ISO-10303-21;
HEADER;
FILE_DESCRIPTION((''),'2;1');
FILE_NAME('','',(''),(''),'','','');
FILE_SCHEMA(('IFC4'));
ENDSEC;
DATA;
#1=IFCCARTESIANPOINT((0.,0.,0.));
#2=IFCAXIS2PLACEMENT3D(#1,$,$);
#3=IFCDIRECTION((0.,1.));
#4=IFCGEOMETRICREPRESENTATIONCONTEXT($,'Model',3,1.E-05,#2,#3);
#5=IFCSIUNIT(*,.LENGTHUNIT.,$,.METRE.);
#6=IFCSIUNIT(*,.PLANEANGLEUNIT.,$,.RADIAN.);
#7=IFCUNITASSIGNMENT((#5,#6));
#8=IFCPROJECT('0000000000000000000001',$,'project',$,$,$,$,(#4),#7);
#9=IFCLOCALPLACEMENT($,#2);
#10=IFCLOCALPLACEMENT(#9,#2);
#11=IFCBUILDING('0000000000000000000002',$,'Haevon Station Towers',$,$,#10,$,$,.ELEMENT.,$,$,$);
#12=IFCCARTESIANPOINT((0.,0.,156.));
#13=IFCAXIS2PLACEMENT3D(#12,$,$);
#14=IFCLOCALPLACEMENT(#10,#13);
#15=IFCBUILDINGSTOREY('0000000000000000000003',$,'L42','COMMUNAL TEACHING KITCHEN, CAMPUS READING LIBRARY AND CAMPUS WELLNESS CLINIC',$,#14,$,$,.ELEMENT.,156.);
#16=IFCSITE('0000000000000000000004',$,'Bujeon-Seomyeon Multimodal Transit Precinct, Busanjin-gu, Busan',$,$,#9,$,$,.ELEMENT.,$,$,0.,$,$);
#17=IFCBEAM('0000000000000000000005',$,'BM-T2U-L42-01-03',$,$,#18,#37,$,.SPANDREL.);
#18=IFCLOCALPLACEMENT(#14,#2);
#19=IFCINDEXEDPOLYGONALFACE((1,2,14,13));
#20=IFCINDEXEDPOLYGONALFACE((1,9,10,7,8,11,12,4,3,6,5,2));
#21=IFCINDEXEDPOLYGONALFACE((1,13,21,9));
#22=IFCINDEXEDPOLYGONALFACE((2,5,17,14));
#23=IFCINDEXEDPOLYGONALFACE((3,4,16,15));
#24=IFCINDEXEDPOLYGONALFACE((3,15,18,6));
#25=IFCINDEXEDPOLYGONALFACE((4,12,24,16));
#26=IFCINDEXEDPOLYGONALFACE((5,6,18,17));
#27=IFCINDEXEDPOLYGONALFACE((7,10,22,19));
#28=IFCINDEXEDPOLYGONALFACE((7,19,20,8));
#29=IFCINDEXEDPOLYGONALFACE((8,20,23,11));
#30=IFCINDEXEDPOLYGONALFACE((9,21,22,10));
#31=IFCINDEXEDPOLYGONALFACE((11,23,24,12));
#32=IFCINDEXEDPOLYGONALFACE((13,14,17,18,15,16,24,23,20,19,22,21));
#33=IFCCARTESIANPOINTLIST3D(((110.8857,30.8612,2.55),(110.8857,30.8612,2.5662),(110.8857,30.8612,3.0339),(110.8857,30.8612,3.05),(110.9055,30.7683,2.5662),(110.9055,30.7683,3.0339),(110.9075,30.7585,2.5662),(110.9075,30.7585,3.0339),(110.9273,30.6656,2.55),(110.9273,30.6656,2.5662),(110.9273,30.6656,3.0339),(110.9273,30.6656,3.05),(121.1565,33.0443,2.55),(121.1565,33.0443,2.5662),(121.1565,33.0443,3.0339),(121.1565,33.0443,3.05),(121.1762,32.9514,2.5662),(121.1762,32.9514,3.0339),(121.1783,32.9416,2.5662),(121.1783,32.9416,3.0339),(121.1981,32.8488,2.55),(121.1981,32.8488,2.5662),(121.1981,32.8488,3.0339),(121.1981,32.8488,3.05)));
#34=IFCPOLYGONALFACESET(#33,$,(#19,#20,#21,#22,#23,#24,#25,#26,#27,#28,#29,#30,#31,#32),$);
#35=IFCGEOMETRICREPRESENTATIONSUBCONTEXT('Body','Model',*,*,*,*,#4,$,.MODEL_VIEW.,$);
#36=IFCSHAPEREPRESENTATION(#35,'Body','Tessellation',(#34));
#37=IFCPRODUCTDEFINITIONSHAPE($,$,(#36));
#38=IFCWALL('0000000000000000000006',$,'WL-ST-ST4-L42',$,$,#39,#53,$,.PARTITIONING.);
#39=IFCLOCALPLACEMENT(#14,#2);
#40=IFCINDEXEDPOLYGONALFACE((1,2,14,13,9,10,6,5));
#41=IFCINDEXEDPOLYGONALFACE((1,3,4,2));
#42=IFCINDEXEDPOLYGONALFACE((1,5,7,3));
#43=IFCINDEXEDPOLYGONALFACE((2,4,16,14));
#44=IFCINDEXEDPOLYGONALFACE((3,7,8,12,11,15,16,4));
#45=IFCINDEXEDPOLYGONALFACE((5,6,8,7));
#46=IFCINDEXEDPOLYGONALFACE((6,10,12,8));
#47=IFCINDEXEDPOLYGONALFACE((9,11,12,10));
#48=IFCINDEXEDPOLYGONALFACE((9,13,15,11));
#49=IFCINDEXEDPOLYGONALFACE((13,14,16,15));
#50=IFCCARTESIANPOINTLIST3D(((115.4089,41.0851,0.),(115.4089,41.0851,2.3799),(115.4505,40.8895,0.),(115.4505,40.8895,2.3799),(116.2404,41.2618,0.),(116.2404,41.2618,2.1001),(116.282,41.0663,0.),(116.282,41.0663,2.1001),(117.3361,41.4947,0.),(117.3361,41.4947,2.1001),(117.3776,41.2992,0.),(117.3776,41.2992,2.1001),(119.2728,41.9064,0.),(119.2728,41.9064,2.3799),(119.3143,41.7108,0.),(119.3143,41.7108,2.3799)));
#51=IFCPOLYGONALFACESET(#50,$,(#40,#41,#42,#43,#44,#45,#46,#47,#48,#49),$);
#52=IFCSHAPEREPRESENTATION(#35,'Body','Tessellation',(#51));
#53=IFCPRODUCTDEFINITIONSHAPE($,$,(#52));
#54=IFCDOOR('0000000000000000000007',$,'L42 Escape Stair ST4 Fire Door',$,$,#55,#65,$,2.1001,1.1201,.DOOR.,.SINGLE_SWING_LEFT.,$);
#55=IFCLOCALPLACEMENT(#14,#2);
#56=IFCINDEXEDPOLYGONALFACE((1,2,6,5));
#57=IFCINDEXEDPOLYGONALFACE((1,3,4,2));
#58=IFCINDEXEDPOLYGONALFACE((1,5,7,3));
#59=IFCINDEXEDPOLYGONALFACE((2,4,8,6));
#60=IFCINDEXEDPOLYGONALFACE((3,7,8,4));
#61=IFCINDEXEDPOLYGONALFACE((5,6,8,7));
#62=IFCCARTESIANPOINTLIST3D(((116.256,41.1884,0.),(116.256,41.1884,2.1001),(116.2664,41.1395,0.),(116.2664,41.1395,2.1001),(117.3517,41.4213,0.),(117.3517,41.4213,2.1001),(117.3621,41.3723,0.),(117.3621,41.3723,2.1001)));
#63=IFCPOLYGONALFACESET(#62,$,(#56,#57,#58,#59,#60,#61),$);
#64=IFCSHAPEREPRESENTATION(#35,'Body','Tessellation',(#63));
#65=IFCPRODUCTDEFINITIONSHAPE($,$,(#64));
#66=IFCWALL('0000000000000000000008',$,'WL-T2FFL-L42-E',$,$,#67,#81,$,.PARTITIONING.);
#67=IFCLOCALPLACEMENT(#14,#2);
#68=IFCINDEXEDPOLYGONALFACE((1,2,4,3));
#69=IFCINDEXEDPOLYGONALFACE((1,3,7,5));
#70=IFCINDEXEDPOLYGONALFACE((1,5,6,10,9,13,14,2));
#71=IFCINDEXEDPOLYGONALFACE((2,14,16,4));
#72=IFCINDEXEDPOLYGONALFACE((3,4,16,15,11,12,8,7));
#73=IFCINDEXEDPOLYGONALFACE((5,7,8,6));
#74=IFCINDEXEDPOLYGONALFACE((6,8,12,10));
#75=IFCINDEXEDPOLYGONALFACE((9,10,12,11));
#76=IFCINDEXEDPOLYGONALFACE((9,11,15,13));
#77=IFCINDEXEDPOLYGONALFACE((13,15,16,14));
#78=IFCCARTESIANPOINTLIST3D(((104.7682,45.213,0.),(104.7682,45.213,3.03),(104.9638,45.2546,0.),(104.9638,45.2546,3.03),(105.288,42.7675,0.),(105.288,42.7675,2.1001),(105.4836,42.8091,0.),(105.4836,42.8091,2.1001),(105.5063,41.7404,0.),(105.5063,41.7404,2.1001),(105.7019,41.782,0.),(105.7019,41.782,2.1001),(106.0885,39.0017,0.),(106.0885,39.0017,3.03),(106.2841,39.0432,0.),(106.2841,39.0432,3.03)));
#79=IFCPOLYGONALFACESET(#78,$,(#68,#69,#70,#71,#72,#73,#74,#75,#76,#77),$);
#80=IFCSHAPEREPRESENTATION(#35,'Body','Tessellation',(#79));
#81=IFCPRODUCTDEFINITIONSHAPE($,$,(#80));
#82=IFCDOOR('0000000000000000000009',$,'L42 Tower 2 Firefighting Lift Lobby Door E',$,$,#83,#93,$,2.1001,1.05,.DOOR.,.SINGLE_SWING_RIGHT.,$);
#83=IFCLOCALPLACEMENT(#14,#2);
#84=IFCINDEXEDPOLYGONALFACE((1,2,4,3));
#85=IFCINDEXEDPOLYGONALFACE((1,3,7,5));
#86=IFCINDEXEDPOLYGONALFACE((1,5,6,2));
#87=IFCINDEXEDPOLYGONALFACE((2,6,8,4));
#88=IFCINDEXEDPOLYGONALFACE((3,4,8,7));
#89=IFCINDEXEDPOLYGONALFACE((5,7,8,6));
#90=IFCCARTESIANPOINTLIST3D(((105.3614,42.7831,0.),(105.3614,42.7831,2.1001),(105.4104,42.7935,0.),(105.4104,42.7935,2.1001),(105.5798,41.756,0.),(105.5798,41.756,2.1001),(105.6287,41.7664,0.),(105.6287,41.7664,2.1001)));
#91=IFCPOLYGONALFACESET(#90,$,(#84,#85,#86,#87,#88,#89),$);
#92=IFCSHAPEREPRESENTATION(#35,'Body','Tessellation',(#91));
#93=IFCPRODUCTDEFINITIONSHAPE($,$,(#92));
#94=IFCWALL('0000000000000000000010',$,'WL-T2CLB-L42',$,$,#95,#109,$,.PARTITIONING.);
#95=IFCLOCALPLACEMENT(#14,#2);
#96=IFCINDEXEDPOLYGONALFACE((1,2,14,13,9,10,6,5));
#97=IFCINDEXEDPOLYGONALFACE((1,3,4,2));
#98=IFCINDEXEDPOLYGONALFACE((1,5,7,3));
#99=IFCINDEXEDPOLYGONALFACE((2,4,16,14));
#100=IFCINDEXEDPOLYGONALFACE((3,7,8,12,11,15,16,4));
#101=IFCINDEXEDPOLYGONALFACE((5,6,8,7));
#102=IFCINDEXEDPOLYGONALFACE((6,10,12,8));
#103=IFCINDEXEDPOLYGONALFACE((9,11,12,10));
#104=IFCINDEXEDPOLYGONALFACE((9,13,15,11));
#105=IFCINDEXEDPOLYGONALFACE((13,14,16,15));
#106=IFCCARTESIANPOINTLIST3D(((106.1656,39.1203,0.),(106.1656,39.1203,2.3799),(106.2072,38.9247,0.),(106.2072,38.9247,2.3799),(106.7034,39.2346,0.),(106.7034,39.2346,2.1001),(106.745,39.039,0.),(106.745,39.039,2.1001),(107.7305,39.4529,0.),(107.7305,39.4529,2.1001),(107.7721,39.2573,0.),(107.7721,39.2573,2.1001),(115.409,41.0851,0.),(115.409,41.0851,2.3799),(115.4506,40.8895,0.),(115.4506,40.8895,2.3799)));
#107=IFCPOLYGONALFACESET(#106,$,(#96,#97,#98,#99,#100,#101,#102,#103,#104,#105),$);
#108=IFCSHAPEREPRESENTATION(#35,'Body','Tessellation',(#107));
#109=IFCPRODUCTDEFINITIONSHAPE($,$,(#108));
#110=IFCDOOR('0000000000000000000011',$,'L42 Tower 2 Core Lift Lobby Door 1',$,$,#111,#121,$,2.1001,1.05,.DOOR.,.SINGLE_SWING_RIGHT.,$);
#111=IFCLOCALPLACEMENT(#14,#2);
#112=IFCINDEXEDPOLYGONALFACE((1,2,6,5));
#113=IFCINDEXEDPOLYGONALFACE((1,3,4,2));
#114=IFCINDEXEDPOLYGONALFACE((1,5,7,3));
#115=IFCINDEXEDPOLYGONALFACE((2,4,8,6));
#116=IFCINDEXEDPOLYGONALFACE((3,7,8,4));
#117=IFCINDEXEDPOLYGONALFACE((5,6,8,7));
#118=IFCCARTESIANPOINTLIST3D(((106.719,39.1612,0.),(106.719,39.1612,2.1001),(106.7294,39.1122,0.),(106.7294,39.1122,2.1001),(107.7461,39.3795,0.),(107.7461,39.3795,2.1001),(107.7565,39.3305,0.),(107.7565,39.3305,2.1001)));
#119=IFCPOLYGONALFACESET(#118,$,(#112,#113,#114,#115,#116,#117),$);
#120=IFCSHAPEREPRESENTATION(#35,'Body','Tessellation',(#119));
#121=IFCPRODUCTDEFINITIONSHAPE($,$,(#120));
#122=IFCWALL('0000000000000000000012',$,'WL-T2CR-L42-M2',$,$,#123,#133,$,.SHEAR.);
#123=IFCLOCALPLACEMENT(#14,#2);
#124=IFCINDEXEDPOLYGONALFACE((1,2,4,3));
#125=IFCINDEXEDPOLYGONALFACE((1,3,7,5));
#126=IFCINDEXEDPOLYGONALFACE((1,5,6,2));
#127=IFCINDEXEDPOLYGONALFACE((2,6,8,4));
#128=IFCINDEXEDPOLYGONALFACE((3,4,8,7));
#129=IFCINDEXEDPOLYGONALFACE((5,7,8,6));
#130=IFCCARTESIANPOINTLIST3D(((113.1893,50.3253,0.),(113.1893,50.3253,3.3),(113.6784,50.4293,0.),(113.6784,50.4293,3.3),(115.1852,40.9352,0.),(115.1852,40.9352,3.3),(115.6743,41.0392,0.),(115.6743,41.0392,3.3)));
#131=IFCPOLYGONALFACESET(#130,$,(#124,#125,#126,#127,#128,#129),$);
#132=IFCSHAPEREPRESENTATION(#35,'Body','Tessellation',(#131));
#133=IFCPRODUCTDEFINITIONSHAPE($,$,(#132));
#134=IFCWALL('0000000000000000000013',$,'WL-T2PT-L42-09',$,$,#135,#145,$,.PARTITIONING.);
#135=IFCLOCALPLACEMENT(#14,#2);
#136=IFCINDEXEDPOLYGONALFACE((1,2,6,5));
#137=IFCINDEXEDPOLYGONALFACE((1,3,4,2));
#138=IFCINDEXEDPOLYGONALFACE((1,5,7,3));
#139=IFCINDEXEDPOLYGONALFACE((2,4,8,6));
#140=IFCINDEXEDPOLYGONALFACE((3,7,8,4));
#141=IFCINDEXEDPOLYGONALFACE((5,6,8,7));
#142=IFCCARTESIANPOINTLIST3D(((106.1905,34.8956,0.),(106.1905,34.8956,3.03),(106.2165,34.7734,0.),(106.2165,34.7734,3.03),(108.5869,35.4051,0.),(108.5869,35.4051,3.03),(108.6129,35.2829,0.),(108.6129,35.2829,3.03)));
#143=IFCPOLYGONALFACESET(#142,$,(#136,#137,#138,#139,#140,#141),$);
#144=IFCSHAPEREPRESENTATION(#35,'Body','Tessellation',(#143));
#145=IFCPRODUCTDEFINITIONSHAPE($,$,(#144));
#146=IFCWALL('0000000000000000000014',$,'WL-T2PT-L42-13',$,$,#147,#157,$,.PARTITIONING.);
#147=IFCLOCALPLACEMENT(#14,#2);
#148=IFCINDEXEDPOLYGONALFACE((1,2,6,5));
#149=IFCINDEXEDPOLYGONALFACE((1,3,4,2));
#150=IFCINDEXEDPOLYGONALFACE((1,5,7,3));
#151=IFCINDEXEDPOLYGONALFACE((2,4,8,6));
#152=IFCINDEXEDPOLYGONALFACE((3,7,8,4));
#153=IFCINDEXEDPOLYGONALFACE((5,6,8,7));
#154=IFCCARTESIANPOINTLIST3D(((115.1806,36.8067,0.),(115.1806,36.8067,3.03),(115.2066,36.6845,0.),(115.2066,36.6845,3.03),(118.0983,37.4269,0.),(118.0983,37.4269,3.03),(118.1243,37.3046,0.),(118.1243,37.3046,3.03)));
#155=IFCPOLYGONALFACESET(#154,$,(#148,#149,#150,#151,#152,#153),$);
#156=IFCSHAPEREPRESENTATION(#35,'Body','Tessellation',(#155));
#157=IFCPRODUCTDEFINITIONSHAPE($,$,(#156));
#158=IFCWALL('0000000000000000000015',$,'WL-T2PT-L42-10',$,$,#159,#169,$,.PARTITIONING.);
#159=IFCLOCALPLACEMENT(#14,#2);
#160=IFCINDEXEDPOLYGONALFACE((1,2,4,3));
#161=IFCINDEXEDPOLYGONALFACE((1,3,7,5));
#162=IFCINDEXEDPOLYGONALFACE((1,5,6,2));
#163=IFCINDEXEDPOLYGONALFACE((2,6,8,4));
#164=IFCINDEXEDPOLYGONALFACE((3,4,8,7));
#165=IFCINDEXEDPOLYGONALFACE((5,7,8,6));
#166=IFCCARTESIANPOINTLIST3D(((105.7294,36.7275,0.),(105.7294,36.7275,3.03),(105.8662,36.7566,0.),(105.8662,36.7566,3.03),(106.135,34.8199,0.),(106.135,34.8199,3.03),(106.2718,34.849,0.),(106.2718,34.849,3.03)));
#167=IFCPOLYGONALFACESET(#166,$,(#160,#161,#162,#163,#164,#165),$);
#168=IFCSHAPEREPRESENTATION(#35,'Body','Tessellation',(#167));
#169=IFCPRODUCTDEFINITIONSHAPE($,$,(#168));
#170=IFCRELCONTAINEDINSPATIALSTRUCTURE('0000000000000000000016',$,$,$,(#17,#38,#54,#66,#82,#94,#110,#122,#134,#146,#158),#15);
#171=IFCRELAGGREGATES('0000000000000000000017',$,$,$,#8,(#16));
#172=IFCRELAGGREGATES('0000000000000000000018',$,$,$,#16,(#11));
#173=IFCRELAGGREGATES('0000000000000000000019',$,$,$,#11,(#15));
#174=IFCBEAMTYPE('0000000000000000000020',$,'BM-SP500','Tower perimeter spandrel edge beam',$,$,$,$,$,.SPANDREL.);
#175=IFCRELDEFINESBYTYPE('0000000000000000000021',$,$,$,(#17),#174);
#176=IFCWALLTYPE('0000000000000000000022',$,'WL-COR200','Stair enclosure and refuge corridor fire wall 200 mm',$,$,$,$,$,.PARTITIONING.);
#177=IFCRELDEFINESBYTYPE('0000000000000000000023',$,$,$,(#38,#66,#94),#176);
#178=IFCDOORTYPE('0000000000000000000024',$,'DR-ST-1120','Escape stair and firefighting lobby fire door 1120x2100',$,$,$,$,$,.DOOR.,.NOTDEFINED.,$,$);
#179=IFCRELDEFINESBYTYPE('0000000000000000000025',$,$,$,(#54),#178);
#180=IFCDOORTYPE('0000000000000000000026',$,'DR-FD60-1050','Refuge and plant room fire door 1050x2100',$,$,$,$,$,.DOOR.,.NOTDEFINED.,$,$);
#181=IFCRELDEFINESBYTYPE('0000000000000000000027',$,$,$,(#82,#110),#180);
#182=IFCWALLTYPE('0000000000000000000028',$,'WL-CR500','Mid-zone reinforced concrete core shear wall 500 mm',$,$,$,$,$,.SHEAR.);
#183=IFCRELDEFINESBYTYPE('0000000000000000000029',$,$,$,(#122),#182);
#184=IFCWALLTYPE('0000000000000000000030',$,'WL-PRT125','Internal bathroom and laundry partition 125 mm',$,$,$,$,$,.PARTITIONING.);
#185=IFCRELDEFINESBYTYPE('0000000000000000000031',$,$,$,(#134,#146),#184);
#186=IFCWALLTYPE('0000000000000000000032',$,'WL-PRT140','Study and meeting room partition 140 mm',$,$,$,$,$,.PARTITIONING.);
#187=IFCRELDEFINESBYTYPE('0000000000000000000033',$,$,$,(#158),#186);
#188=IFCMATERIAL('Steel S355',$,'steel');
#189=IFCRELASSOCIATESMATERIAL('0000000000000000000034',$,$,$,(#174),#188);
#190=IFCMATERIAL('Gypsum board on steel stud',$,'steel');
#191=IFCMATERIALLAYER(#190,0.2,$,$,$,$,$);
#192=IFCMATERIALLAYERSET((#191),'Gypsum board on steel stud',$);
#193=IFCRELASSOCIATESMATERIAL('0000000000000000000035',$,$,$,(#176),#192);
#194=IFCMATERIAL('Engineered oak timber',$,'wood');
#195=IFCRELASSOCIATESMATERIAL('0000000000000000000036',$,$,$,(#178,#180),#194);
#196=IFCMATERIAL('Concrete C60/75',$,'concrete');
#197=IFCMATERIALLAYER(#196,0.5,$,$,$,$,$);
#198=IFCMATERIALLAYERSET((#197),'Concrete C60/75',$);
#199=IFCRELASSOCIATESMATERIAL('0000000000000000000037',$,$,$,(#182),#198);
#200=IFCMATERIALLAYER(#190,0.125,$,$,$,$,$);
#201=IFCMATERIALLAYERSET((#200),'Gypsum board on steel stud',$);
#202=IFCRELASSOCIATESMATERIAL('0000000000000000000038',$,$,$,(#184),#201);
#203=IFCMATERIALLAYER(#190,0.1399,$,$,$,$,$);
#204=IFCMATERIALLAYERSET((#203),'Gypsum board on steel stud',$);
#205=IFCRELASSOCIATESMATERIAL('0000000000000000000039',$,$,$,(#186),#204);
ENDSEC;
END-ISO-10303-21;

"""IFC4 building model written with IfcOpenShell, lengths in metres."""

from ifc_helpers import new_model, si_unit, direction, frame, frame_2d, origin, origin_2d, place, context, subcontext, project, spatial, rectangle, i_section, extrude, material, layer, layer_set, material_profile, profile_set, type_object, element, fill, save


model = new_model("IFC4")

# Units and contexts
model_context = context("Model", 3, precision=1e-05, world=origin(), true_north=direction((0.0, 1.0)))
body_context = subcontext(model_context, "Body", "Model", "MODEL_VIEW")
ifc_project = project(units=[si_unit("LENGTHUNIT", "METRE"), si_unit("PLANEANGLEUNIT", "RADIAN")], contexts=[model_context])

# Site, building, storey
site_placement = place(None, origin())
site = spatial("IfcSite", under=ifc_project, at=site_placement, Name="Bujeon-Seomyeon Multimodal Transit Precinct, Busanjin-gu, Busan", CompositionType="ELEMENT", RefElevation=0.0)
building_placement = place(site_placement, origin())
building = spatial("IfcBuilding", under=site, at=building_placement, Name="Haevon Station Towers", CompositionType="ELEMENT")
storey_placement = place(building_placement, frame((0.0, 0.0, 156.0)))
storey = spatial("IfcBuildingStorey", under=building, at=storey_placement, Name="L42", Description="COMMUNAL TEACHING KITCHEN, CAMPUS READING LIBRARY AND CAMPUS WELLNESS CLINIC", CompositionType="ELEMENT", Elevation=156.0)

# Shared definitions
ifc_material_1 = material(Name="Steel S355", Category="steel")

# Beam
ifc_material_profile_1 = material_profile(ifc_material_1, i_section(OverallWidth=0.2, OverallDepth=0.5, WebThickness=0.01, FlangeThickness=0.0161, at=origin_2d()), Name="H-500x200x10x16")
ifc_profile_set_1 = profile_set([ifc_material_profile_1], Name="Steel S355")
beam_type_1 = type_object("IfcBeamType", Name="BM-SP500", Description="Tower perimeter spandrel edge beam", PredefinedType="SPANDREL", material=ifc_profile_set_1)
beam_1_placement = place(storey_placement, frame((110.9065, 30.7634, 2.8), z_axis=(0.978148, 0.207911, 0.0), x_axis=(-0.207911, 0.978148, 0.0)))
element("IfcBeam", 1, at=beam_1_placement, inside=storey, type_object=beam_type_1, Name="BM-T2U-L42-01-03", PredefinedType="SPANDREL", context=body_context, shape_type="SweptSolid", body=[
    extrude(i_section(OverallWidth=0.2, OverallDepth=0.5, WebThickness=0.01, FlangeThickness=0.0161, at=origin_2d()), origin(), (0.0, 0.0, 1.0), 10.5002),
])

# Walls, openings, doors
ifc_material_2 = material(Name="Gypsum board on steel stud", Category="steel")
ifc_layer_1 = layer(ifc_material_2, 0.2)
ifc_layer_set_1 = layer_set([ifc_layer_1], Name="Gypsum board on steel stud")
wall_type_1 = type_object("IfcWallType", Name="WL-COR200", Description="Stair enclosure and refuge corridor fire wall 200 mm", PredefinedType="PARTITIONING", material=ifc_layer_set_1)
wall_1_placement = place(storey_placement, frame((115.4297, 40.9873, 0.0), z_axis=(0.0, 0.0, 1.0), x_axis=(0.978147, 0.207916, 0.0)))
wall_1 = element("IfcWall", 2, at=wall_1_placement, inside=storey, type_object=wall_type_1, Name="WL-ST-ST4-L42", PredefinedType="PARTITIONING", context=body_context, shape_type="SweptSolid", body=[
    extrude(rectangle(XDim=3.9502, YDim=0.2, at=frame_2d((1.9751, 0.0))), origin(), (0.0, 0.0, 1.0), 2.3799),
])
opening_1_placement = place(wall_1_placement, frame((0.8501, 0.0, 0.0)))
opening_1 = element("IfcOpeningElement", 3, at=opening_1_placement, cuts=wall_1, PredefinedType="OPENING", context=body_context, shape_type="SweptSolid", body=[
    extrude(rectangle(XDim=1.1201, YDim=2.1001, at=frame_2d((0.5601, 1.05))), frame((0.0, 0.1099, 0.0), z_axis=(0.0, -1.0, 0.0), x_axis=(1.0, 0.0, 0.0)), (0.0, 0.0, 1.0), 0.22),
])
ifc_material_3 = material(Name="Engineered oak timber", Category="wood")
door_type_1 = type_object("IfcDoorType", Name="DR-ST-1120", Description="Escape stair and firefighting lobby fire door 1120x2100", OperationType="NOTDEFINED", PredefinedType="DOOR", material=ifc_material_3)
door_1_placement = place(opening_1_placement, origin())
door_1 = element("IfcDoor", 4, at=door_1_placement, inside=storey, type_object=door_type_1, Name="L42 Escape Stair ST4 Fire Door", OperationType="SINGLE_SWING_LEFT", OverallHeight=2.1001, OverallWidth=1.1201, PredefinedType="DOOR", context=body_context, shape_type="SweptSolid", body=[
    extrude(rectangle(XDim=1.1201, YDim=2.1001, at=frame_2d((0.5601, 1.05))), frame((0.0, 0.0249, 0.0), z_axis=(0.0, -1.0, 0.0), x_axis=(1.0, 0.0, 0.0)), (0.0, 0.0, 1.0), 0.05),
])
fill(opening_1, door_1)
wall_2_placement = place(storey_placement, frame((106.1863, 39.0225, 0.0), z_axis=(0.0, 0.0, 1.0), x_axis=(-0.207917, 0.978147, 0.0)))
wall_2 = element("IfcWall", 5, at=wall_2_placement, inside=storey, type_object=wall_type_1, Name="WL-T2FFL-L42-E", PredefinedType="PARTITIONING", context=body_context, shape_type="SweptSolid", body=[
    extrude(rectangle(XDim=6.3501, YDim=0.2, at=frame_2d((3.175, 0.0))), origin(), (0.0, 0.0, 1.0), 3.03),
])
opening_2_placement = place(wall_2_placement, frame((2.8, 0.0, 0.0)))
opening_2 = element("IfcOpeningElement", 6, at=opening_2_placement, cuts=wall_2, PredefinedType="OPENING", context=body_context, shape_type="SweptSolid", body=[
    extrude(rectangle(XDim=1.05, YDim=2.1001, at=frame_2d((0.5249, 1.05))), frame((0.0, 0.1099, 0.0), z_axis=(0.0, -1.0, 0.0), x_axis=(1.0, 0.0, 0.0)), (0.0, 0.0, 1.0), 0.22),
])
door_type_2 = type_object("IfcDoorType", Name="DR-FD60-1050", Description="Refuge and plant room fire door 1050x2100", OperationType="NOTDEFINED", PredefinedType="DOOR", material=ifc_material_3)
door_2_placement = place(opening_2_placement, origin())
door_2 = element("IfcDoor", 7, at=door_2_placement, inside=storey, type_object=door_type_2, Name="L42 Tower 2 Firefighting Lift Lobby Door E", OperationType="SINGLE_SWING_RIGHT", OverallHeight=2.1001, OverallWidth=1.05, PredefinedType="DOOR", context=body_context, shape_type="SweptSolid", body=[
    extrude(rectangle(XDim=1.05, YDim=2.1001, at=frame_2d((0.5249, 1.05))), frame((0.0, 0.0249, 0.0), z_axis=(0.0, -1.0, 0.0), x_axis=(1.0, 0.0, 0.0)), (0.0, 0.0, 1.0), 0.05),
])
fill(opening_2, door_2)
wall_3_placement = place(storey_placement, frame((106.1863, 39.0225, 0.0), z_axis=(0.0, 0.0, 1.0), x_axis=(0.978146, 0.207921, 0.0)))
wall_3 = element("IfcWall", 8, at=wall_3_placement, inside=storey, type_object=wall_type_1, Name="WL-T2CLB-L42", PredefinedType="PARTITIONING", context=body_context, shape_type="SweptSolid", body=[
    extrude(rectangle(XDim=9.45, YDim=0.2, at=frame_2d((4.7251, 0.0))), origin(), (0.0, 0.0, 1.0), 2.3799),
])
opening_3_placement = place(wall_3_placement, frame((0.55, 0.0, 0.0)))
opening_3 = element("IfcOpeningElement", 9, at=opening_3_placement, cuts=wall_3, PredefinedType="OPENING", context=body_context, shape_type="SweptSolid", body=[
    extrude(rectangle(XDim=1.05, YDim=2.1001, at=frame_2d((0.5249, 1.05))), frame((0.0, 0.1099, 0.0), z_axis=(0.0, -1.0, 0.0), x_axis=(1.0, 0.0, 0.0)), (0.0, 0.0, 1.0), 0.22),
])
door_3_placement = place(opening_3_placement, origin())
door_3 = element("IfcDoor", 10, at=door_3_placement, inside=storey, type_object=door_type_2, Name="L42 Tower 2 Core Lift Lobby Door 1", OperationType="SINGLE_SWING_RIGHT", OverallHeight=2.1001, OverallWidth=1.05, PredefinedType="DOOR", context=body_context, shape_type="SweptSolid", body=[
    extrude(rectangle(XDim=1.05, YDim=2.1001, at=frame_2d((0.5249, 1.05))), frame((0.0, 0.0249, 0.0), z_axis=(0.0, -1.0, 0.0), x_axis=(1.0, 0.0, 0.0)), (0.0, 0.0, 1.0), 0.05),
])
fill(opening_3, door_3)

# Walls
ifc_material_4 = material(Name="Concrete C60/75", Category="concrete")
ifc_layer_2 = layer(ifc_material_4, 0.5)
ifc_layer_set_2 = layer_set([ifc_layer_2], Name="Concrete C60/75")
wall_type_2 = type_object("IfcWallType", Name="WL-CR500", Description="Mid-zone reinforced concrete core shear wall 500 mm", PredefinedType="SHEAR", material=ifc_layer_set_2)
wall_4_placement = place(storey_placement, frame((115.4297, 40.9873, 0.0), z_axis=(0.0, 0.0, 1.0), x_axis=(-0.207903, 0.978149, 0.0)))
element("IfcWall", 11, at=wall_4_placement, inside=storey, type_object=wall_type_2, Name="WL-T2CR-L42-M2", PredefinedType="SHEAR", context=body_context, shape_type="SweptSolid", body=[
    extrude(rectangle(XDim=9.5999, YDim=0.5, at=frame_2d((4.7998, 0.0))), origin(), (0.0, 0.0, 1.0), 3.3),
])
ifc_layer_3 = layer(ifc_material_2, 0.125)
ifc_layer_set_3 = layer_set([ifc_layer_3], Name="Gypsum board on steel stud")
wall_type_3 = type_object("IfcWallType", Name="WL-PRT125", Description="Internal bathroom and laundry partition 125 mm", PredefinedType="PARTITIONING", material=ifc_layer_set_3)
wall_5_placement = place(storey_placement, frame((106.2034, 34.8345, 0.0), z_axis=(0.0, 0.0, 1.0), x_axis=(0.978137, 0.207964, 0.0)))
element("IfcWall", 12, at=wall_5_placement, inside=storey, type_object=wall_type_3, Name="WL-T2PT-L42-09", PredefinedType="PARTITIONING", context=body_context, shape_type="SweptSolid", body=[
    extrude(rectangle(XDim=2.45, YDim=0.125, at=frame_2d((1.2251, 0.0))), origin(), (0.0, 0.0, 1.0), 3.03),
])
wall_6_placement = place(storey_placement, frame((115.1936, 36.7456, 0.0), z_axis=(0.0, 0.0, 1.0), x_axis=(0.978152, 0.207891, 0.0)))
element("IfcWall", 13, at=wall_6_placement, inside=storey, type_object=wall_type_3, Name="WL-T2PT-L42-13", PredefinedType="PARTITIONING", context=body_context, shape_type="SweptSolid", body=[
    extrude(rectangle(XDim=2.9829, YDim=0.125, at=frame_2d((1.4915, 0.0))), origin(), (0.0, 0.0, 1.0), 3.03),
])
ifc_layer_4 = layer(ifc_material_2, 0.1399)
ifc_layer_set_4 = layer_set([ifc_layer_4], Name="Gypsum board on steel stud")
wall_type_4 = type_object("IfcWallType", Name="WL-PRT140", Description="Study and meeting room partition 140 mm", PredefinedType="PARTITIONING", material=ifc_layer_set_4)
wall_7_placement = place(storey_placement, frame((106.2034, 34.8345, 0.0), z_axis=(0.0, 0.0, 1.0), x_axis=(-0.207947, 0.97814, 0.0)))
element("IfcWall", 14, at=wall_7_placement, inside=storey, type_object=wall_type_4, Name="WL-T2PT-L42-10", PredefinedType="PARTITIONING", context=body_context, shape_type="SweptSolid", body=[
    extrude(rectangle(XDim=1.9502, YDim=0.1399, at=frame_2d((0.9751, 0.0))), origin(), (0.0, 0.0, 1.0), 3.03),
])

save(model, "model.ifc")
